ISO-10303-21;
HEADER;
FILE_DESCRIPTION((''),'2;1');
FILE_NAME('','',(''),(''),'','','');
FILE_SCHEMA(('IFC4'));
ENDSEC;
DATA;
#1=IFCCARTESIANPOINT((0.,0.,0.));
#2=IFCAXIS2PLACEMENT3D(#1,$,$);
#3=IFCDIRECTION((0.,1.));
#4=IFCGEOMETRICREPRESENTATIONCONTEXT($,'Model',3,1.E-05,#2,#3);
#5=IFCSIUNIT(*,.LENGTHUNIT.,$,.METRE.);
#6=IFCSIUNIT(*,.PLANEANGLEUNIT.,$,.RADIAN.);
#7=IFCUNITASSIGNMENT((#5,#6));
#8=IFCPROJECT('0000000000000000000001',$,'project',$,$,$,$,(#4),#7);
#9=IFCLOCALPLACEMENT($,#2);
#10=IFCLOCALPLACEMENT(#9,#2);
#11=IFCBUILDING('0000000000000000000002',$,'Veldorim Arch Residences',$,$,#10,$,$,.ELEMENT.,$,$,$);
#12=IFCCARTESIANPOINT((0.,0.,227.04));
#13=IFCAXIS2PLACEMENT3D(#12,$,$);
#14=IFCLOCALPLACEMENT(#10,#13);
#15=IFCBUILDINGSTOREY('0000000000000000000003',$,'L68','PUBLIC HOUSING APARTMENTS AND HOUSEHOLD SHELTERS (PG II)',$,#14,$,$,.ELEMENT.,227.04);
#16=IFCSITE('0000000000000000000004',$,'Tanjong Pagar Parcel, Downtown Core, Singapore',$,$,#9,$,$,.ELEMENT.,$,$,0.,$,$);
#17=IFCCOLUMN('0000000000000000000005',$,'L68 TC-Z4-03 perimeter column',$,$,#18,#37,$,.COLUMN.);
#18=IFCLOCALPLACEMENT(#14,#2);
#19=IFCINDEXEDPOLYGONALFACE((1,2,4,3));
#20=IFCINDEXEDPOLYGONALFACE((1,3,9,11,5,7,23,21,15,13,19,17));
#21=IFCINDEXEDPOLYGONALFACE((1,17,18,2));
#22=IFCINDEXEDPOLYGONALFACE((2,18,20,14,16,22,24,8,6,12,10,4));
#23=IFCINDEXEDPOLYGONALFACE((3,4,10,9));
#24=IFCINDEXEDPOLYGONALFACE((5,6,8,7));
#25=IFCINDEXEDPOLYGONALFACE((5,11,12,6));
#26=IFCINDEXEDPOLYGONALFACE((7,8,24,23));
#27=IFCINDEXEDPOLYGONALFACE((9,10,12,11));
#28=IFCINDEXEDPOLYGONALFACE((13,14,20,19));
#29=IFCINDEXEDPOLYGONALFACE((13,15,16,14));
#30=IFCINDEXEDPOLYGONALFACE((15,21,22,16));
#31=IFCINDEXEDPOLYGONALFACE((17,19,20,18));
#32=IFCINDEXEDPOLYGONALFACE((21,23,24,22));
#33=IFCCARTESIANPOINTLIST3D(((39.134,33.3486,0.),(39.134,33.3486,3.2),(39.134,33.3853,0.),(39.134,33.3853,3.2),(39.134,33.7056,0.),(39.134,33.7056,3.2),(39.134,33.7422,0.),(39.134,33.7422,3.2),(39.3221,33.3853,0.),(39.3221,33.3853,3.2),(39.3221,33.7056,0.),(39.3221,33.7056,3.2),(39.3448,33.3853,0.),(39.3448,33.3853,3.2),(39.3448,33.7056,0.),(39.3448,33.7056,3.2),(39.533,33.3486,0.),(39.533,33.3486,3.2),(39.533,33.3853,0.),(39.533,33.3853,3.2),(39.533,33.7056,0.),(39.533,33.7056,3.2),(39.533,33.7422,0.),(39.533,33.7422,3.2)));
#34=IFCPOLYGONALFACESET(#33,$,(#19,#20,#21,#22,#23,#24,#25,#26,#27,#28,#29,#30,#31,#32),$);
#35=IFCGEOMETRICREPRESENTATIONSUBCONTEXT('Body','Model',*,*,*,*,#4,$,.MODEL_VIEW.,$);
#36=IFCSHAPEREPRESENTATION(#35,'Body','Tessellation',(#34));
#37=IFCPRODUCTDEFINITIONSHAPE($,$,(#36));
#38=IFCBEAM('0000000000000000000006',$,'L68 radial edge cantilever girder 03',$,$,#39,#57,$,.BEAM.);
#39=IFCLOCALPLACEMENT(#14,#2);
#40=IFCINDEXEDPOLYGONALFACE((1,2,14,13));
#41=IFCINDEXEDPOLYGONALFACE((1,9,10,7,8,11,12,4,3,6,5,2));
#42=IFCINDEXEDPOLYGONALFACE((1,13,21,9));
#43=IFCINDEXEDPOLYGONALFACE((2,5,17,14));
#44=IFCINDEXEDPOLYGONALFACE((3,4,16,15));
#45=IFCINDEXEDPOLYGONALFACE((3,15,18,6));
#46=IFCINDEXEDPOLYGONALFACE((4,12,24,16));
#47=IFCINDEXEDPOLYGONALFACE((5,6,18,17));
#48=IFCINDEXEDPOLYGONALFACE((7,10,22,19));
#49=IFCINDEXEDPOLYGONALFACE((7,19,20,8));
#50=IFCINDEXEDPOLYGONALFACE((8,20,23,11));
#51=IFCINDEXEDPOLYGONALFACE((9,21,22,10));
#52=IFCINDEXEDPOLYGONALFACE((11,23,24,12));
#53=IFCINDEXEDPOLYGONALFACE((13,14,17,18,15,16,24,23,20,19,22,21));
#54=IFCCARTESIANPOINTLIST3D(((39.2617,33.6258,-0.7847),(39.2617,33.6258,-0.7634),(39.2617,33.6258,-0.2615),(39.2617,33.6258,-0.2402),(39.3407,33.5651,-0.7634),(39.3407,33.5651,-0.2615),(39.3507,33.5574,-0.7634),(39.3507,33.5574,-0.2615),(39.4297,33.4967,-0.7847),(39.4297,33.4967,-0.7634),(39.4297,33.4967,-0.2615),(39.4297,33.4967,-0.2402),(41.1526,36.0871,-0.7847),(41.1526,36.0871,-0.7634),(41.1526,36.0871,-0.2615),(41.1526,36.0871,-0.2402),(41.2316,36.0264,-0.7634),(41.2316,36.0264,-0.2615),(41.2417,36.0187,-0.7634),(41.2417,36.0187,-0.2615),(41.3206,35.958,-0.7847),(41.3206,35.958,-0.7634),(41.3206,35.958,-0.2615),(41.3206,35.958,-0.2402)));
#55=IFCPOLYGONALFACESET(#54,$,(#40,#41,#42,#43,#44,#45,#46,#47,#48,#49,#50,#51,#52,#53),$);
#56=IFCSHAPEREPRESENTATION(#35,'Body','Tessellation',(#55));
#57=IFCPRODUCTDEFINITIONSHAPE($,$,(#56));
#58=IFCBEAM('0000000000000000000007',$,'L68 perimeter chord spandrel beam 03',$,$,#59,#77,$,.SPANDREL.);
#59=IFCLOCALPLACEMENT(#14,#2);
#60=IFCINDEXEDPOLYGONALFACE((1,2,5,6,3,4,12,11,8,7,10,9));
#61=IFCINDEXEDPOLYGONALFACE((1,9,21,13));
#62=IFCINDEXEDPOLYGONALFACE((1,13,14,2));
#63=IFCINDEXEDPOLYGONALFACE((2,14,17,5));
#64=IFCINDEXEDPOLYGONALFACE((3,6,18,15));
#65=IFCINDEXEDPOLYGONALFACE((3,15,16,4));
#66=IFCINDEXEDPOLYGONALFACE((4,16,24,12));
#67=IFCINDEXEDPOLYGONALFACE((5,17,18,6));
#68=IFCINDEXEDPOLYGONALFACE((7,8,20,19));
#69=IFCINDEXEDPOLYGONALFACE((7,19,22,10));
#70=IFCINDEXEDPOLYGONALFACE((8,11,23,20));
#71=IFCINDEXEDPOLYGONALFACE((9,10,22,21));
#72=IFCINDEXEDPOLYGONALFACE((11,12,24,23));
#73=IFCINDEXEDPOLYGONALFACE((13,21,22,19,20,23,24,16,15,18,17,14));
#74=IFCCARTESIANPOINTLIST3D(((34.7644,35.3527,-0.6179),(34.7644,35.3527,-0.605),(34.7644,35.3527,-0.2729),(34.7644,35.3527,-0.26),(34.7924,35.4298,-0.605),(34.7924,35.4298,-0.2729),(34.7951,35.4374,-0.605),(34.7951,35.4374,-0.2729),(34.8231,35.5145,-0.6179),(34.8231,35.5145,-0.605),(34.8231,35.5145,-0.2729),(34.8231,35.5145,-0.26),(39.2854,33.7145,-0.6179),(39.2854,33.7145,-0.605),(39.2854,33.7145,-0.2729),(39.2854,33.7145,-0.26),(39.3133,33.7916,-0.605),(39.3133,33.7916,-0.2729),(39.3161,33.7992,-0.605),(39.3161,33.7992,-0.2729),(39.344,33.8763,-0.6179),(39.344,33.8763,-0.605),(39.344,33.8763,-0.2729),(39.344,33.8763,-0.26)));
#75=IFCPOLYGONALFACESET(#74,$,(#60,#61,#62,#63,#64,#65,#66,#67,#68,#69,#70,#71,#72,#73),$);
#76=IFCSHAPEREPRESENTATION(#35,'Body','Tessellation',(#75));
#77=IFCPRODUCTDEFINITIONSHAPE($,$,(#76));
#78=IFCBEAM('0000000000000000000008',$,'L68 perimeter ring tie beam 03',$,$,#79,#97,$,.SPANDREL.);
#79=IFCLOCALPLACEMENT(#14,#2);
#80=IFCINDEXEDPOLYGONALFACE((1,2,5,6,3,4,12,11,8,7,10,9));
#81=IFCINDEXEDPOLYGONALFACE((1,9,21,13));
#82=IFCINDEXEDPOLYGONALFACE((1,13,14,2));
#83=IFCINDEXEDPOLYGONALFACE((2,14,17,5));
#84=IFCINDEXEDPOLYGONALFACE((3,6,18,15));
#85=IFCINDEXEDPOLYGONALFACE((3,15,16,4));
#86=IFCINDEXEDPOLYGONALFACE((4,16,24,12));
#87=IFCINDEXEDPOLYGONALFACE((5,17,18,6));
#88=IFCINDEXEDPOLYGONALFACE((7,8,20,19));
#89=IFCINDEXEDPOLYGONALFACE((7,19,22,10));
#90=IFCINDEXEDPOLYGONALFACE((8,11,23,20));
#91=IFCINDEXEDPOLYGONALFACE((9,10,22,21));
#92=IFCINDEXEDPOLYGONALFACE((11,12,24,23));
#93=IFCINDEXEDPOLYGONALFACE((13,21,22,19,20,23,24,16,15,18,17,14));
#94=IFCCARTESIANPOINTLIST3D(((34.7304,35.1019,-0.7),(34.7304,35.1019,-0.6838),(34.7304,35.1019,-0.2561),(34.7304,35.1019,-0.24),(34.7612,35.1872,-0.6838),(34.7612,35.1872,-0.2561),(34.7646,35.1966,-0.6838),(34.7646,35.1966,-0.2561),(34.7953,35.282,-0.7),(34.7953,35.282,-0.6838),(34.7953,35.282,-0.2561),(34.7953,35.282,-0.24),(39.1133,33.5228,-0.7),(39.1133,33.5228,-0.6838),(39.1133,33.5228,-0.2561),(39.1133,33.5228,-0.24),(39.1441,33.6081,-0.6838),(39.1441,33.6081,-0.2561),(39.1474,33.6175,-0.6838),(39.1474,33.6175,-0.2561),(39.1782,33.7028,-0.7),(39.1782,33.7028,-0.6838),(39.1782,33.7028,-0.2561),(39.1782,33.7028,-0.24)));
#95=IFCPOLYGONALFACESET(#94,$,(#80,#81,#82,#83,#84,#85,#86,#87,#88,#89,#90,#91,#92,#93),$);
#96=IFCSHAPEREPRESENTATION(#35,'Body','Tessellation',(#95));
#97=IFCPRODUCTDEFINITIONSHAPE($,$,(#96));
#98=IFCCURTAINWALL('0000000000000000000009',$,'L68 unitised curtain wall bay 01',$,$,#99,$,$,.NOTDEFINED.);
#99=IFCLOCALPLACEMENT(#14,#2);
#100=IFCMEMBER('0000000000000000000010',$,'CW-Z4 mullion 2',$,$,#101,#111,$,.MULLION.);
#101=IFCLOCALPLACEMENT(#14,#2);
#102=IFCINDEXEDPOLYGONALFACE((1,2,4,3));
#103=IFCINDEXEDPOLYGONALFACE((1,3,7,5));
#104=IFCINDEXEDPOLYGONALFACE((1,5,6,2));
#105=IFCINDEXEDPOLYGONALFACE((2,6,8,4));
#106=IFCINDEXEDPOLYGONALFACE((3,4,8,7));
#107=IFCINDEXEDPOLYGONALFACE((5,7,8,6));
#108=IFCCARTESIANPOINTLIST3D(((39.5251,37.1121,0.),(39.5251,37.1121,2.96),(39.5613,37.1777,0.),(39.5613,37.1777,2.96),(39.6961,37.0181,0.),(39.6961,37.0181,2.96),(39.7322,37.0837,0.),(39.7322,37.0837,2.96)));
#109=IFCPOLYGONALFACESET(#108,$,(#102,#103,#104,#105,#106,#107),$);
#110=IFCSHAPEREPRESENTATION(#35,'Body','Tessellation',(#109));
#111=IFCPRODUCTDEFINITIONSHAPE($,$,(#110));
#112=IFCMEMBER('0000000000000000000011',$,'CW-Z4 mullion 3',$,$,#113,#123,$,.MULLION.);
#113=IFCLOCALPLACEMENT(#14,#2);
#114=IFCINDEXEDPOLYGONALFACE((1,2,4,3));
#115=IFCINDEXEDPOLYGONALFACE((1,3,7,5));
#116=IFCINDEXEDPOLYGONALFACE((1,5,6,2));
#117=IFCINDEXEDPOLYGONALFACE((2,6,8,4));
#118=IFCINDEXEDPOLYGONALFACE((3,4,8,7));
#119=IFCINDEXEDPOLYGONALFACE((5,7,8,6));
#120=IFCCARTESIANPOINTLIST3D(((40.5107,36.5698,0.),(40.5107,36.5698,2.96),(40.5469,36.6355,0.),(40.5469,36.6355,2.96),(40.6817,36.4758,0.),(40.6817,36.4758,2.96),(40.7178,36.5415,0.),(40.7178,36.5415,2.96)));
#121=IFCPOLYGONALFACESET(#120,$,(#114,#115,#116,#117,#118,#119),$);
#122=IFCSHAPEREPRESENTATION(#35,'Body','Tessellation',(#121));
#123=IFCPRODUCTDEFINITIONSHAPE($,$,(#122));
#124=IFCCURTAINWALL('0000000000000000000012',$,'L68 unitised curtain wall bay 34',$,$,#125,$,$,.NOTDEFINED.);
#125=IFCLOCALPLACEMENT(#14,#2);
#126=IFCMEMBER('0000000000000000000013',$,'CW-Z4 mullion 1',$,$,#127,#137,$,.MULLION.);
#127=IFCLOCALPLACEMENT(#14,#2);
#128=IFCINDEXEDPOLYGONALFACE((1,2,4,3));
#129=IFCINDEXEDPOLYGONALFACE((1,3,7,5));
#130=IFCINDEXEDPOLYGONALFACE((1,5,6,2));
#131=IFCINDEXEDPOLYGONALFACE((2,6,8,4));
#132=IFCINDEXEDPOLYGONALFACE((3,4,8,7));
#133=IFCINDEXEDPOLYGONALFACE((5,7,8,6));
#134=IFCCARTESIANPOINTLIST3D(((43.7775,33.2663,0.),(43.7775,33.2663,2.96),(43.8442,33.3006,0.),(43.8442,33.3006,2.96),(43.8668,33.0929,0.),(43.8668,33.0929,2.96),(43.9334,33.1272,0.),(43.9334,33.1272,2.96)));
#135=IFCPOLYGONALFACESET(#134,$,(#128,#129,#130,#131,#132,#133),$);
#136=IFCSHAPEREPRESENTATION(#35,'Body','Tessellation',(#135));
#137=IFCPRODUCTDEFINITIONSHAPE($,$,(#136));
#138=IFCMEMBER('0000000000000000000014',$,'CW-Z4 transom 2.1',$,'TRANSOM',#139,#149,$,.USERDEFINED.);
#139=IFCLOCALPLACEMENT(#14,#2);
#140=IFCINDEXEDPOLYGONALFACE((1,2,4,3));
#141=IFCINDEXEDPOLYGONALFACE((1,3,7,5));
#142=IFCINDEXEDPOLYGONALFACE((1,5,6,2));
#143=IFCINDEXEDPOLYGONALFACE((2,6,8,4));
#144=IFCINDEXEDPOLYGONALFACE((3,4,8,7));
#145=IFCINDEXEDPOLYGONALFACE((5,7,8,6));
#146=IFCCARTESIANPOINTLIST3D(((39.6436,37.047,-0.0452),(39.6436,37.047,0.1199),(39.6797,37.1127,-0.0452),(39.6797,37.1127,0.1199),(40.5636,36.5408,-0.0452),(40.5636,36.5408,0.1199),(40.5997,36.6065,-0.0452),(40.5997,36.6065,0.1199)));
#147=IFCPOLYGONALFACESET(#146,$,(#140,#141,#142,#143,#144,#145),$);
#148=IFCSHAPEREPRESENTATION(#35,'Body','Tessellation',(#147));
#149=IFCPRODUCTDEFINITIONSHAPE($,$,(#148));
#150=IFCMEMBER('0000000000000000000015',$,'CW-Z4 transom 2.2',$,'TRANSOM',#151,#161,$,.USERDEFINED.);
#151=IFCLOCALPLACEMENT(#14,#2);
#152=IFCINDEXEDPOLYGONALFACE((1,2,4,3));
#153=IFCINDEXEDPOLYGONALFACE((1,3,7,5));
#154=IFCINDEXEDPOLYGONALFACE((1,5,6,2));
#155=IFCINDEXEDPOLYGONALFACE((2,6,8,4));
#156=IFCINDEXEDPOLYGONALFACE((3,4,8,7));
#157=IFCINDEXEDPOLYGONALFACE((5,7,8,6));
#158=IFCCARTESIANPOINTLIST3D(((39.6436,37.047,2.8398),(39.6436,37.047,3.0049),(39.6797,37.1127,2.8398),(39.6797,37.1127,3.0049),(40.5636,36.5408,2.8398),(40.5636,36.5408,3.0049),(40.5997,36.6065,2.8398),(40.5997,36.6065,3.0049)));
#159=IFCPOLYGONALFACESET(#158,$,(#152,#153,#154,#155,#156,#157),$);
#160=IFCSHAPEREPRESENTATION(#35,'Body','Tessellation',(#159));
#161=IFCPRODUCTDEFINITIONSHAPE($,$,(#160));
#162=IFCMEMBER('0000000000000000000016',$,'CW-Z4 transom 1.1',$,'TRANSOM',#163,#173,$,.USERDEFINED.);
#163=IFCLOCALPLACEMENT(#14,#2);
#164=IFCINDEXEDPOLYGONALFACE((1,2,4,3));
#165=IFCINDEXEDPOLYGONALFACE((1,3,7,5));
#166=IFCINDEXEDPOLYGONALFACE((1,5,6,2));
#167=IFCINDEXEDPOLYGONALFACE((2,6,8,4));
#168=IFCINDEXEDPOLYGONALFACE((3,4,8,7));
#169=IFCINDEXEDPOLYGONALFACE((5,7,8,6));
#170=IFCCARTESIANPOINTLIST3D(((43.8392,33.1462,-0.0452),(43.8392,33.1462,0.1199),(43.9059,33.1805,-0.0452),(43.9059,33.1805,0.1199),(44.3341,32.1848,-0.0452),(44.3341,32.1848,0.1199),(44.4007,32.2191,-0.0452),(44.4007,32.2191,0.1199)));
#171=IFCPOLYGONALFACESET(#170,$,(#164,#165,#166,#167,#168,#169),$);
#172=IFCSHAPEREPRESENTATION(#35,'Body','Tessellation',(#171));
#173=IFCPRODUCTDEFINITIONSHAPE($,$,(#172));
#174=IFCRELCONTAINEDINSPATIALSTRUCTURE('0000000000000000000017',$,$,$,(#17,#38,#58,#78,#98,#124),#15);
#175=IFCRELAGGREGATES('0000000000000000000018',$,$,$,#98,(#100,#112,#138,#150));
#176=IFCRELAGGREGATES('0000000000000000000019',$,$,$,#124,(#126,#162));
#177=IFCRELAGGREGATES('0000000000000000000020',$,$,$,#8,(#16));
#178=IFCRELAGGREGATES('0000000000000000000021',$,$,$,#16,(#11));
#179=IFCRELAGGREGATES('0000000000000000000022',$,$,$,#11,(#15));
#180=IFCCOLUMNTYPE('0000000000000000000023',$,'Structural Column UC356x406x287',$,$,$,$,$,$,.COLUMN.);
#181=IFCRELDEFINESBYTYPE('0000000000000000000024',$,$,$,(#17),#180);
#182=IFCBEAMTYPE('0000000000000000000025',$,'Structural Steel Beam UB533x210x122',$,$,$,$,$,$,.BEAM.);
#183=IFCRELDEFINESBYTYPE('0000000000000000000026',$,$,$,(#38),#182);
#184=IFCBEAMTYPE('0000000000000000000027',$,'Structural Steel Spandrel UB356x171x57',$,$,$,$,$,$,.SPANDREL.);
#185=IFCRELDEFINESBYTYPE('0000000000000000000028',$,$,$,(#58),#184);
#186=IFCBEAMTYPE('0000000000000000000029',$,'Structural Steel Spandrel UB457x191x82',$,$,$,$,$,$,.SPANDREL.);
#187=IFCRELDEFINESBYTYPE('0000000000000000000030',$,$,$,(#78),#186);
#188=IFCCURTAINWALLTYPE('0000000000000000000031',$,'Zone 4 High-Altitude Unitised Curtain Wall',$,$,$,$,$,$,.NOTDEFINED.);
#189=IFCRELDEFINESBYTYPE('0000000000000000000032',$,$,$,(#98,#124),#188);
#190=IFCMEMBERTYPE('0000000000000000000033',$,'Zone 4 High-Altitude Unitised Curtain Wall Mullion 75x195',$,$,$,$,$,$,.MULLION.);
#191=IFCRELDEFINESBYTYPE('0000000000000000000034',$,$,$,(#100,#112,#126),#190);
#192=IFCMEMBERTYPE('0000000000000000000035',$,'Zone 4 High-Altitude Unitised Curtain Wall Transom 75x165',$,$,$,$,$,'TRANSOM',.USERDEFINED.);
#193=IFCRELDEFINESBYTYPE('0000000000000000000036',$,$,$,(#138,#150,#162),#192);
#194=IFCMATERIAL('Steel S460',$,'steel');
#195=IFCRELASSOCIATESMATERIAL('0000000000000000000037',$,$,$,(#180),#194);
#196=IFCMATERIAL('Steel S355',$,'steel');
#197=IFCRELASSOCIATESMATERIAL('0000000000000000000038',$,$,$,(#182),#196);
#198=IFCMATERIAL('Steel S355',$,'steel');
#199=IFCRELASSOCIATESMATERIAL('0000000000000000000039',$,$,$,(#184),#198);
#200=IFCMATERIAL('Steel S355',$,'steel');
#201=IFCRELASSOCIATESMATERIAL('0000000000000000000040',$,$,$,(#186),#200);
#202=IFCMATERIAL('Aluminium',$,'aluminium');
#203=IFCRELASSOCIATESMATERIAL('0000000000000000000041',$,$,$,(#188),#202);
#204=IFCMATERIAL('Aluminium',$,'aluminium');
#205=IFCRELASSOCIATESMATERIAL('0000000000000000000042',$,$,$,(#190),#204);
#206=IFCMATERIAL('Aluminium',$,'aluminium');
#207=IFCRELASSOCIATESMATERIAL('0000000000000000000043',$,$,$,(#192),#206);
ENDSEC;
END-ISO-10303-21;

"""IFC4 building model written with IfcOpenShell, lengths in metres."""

from ifc_helpers import new_model, si_unit, direction, frame, origin, origin_2d, place, context, subcontext, project, spatial, rectangle, i_section, extrude, material, material_profile, profile_set, type_object, element, aggregate, save


model = new_model("IFC4")

# Units and contexts
model_context = context("Model", 3, precision=1e-05, world=origin(), true_north=direction((0.0, 1.0)))
body_context = subcontext(model_context, "Body", "Model", "MODEL_VIEW")
ifc_project = project(units=[si_unit("LENGTHUNIT", "METRE"), si_unit("PLANEANGLEUNIT", "RADIAN")], contexts=[model_context])

# Site, building, storey
site_placement = place(None, origin())
site = spatial("IfcSite", under=ifc_project, at=site_placement, Name="Tanjong Pagar Parcel, Downtown Core, Singapore", CompositionType="ELEMENT", RefElevation=0.0)
building_placement = place(site_placement, origin())
building = spatial("IfcBuilding", under=site, at=building_placement, Name="Veldorim Arch Residences", CompositionType="ELEMENT")
storey_placement = place(building_placement, frame((0.0, 0.0, 227.04)))
storey = spatial("IfcBuildingStorey", under=building, at=storey_placement, Name="L68", Description="PUBLIC HOUSING APARTMENTS AND HOUSEHOLD SHELTERS (PG II)", CompositionType="ELEMENT", Elevation=227.04)

# Column
ifc_material_1 = material(Name="Steel S460", Category="steel")
ifc_material_profile_1 = material_profile(ifc_material_1, i_section(OverallWidth=0.3989, OverallDepth=0.3936, WebThickness=0.0227, FlangeThickness=0.0366, at=origin_2d()), Name="UC356x406x287")
ifc_profile_set_1 = profile_set([ifc_material_profile_1], Name="Steel S460")
column_type = type_object("IfcColumnType", Name="Structural Column UC356x406x287", PredefinedType="COLUMN", material=ifc_profile_set_1)
column_placement = place(storey_placement, frame((39.3335, 33.5454, 0.0), z_axis=(0.0, 0.0, 1.0), x_axis=(1.0, 0.0, 0.0)))
element("IfcColumn", 1, at=column_placement, inside=storey, type_object=column_type, Name="L68 TC-Z4-03 perimeter column", PredefinedType="COLUMN", context=body_context, shape_type="SweptSolid", body=[
    extrude(i_section(OverallWidth=0.3989, OverallDepth=0.3936, WebThickness=0.0227, FlangeThickness=0.0366, at=origin_2d()), origin(), (0.0, 0.0, 1.0), 3.2),
])

# Beams
ifc_material_2 = material(Name="Steel S355", Category="steel")
ifc_material_profile_2 = material_profile(ifc_material_2, i_section(OverallWidth=0.2119, OverallDepth=0.5444, WebThickness=0.0127, FlangeThickness=0.0212, at=origin_2d()), Name="UB533x210x122")
ifc_profile_set_2 = profile_set([ifc_material_profile_2], Name="Steel S355")
beam_type_1 = type_object("IfcBeamType", Name="Structural Steel Beam UB533x210x122", PredefinedType="BEAM", material=ifc_profile_set_2)
beam_1_placement = place(storey_placement, frame((39.3457, 33.5613, -0.5125), z_axis=(0.609235, 0.792989, 0.0), x_axis=(-0.792989, 0.609235, 0.0)))
element("IfcBeam", 2, at=beam_1_placement, inside=storey, type_object=beam_type_1, Name="L68 radial edge cantilever girder 03", PredefinedType="BEAM", context=body_context, shape_type="SweptSolid", body=[
    extrude(i_section(OverallWidth=0.2119, OverallDepth=0.5444, WebThickness=0.0127, FlangeThickness=0.0212, at=origin_2d()), origin(), (0.0, 0.0, 1.0), 3.1038),
])
ifc_material_3 = material(Name="Steel S355", Category="steel")
ifc_material_profile_3 = material_profile(ifc_material_3, i_section(OverallWidth=0.1721, OverallDepth=0.3579, WebThickness=0.0081, FlangeThickness=0.0129, at=origin_2d()), Name="UB356x171x57")
ifc_profile_set_3 = profile_set([ifc_material_profile_3], Name="Steel S355")
beam_type_2 = type_object("IfcBeamType", Name="Structural Steel Spandrel UB356x171x57", PredefinedType="SPANDREL", material=ifc_profile_set_3)
beam_2_placement = place(storey_placement, frame((39.3147, 33.7954, -0.439), z_axis=(-0.940181, 0.340675, 0.0), x_axis=(-0.340675, -0.940181, 0.0)))
element("IfcBeam", 3, at=beam_2_placement, inside=storey, type_object=beam_type_2, Name="L68 perimeter chord spandrel beam 03", PredefinedType="SPANDREL", context=body_context, shape_type="SweptSolid", body=[
    extrude(i_section(OverallWidth=0.1721, OverallDepth=0.3579, WebThickness=0.0081, FlangeThickness=0.0129, at=origin_2d()), origin(), (0.0, 0.0, 1.0), 4.8086),
])
ifc_material_4 = material(Name="Steel S355", Category="steel")
ifc_material_profile_4 = material_profile(ifc_material_4, i_section(OverallWidth=0.1914, OverallDepth=0.46, WebThickness=0.01, FlangeThickness=0.0161, at=origin_2d()), Name="UB457x191x82")
ifc_profile_set_4 = profile_set([ifc_material_profile_4], Name="Steel S355")
beam_type_3 = type_object("IfcBeamType", Name="Structural Steel Spandrel UB457x191x82", PredefinedType="SPANDREL", material=ifc_profile_set_4)
beam_3_placement = place(storey_placement, frame((39.1458, 33.6128, -0.47), z_axis=(-0.940799, 0.338964, 0.0), x_axis=(-0.338964, -0.940799, 0.0)))
element("IfcBeam", 4, at=beam_3_placement, inside=storey, type_object=beam_type_3, Name="L68 perimeter ring tie beam 03", PredefinedType="SPANDREL", context=body_context, shape_type="SweptSolid", body=[
    extrude(i_section(OverallWidth=0.1914, OverallDepth=0.46, WebThickness=0.01, FlangeThickness=0.0161, at=origin_2d()), origin(), (0.0, 0.0, 1.0), 4.6587),
])

# Curtain wall, members
ifc_material_5 = material(Name="Aluminium", Category="aluminium")
curtain_wall_type = type_object("IfcCurtainWallType", Name="Zone 4 High-Altitude Unitised Curtain Wall", PredefinedType="NOTDEFINED", material=ifc_material_5)
curtain_wall_1_placement = place(storey_placement, origin())
curtain_wall_1 = element("IfcCurtainWall", 5, at=curtain_wall_1_placement, inside=storey, type_object=curtain_wall_type, Name="L68 unitised curtain wall bay 01", PredefinedType="NOTDEFINED")
ifc_material_6 = material(Name="Aluminium", Category="aluminium")
ifc_material_profile_5 = material_profile(ifc_material_6, rectangle(XDim=0.075, YDim=0.1951, at=origin_2d()), Name="ALU_MUL_75x195")
ifc_profile_set_5 = profile_set([ifc_material_profile_5], Name="Aluminium")
member_type_1 = type_object("IfcMemberType", Name="Zone 4 High-Altitude Unitised Curtain Wall Mullion 75x195", PredefinedType="MULLION", material=ifc_profile_set_5)
member_1_placement = place(storey_placement, frame((39.6287, 37.0979, 0.0), z_axis=(0.0, 0.0, 1.0), x_axis=(0.481953, 0.876197, 0.0)))
member_1 = element("IfcMember", 6, at=member_1_placement, type_object=member_type_1, Name="CW-Z4 mullion 2", PredefinedType="MULLION", context=body_context, shape_type="SweptSolid", body=[
    extrude(rectangle(XDim=0.075, YDim=0.1951, at=origin_2d()), origin(), (0.0, 0.0, 1.0), 2.96),
])
member_2_placement = place(storey_placement, frame((40.6143, 36.5557, 0.0), z_axis=(0.0, 0.0, 1.0), x_axis=(0.481953, 0.876197, 0.0)))
member_2 = element("IfcMember", 7, at=member_2_placement, type_object=member_type_1, Name="CW-Z4 mullion 3", PredefinedType="MULLION", context=body_context, shape_type="SweptSolid", body=[
    extrude(rectangle(XDim=0.075, YDim=0.1951, at=origin_2d()), origin(), (0.0, 0.0, 1.0), 2.96),
])

# Curtain wall, member
curtain_wall_2_placement = place(storey_placement, origin())
curtain_wall_2 = element("IfcCurtainWall", 8, at=curtain_wall_2_placement, inside=storey, type_object=curtain_wall_type, Name="L68 unitised curtain wall bay 34", PredefinedType="NOTDEFINED")
member_3_placement = place(storey_placement, frame((43.8555, 33.1968, 0.0), z_axis=(0.0, 0.0, 1.0), x_axis=(0.889131, 0.457653, 0.0)))
member_3 = element("IfcMember", 9, at=member_3_placement, type_object=member_type_1, Name="CW-Z4 mullion 1", PredefinedType="MULLION", context=body_context, shape_type="SweptSolid", body=[
    extrude(rectangle(XDim=0.075, YDim=0.1951, at=origin_2d()), origin(), (0.0, 0.0, 1.0), 2.96),
])

# Members
ifc_material_7 = material(Name="Aluminium", Category="aluminium")
ifc_material_profile_6 = material_profile(ifc_material_7, rectangle(XDim=0.075, YDim=0.165, at=origin_2d()), Name="ALU_TRN_75x165")
ifc_profile_set_6 = profile_set([ifc_material_profile_6], Name="Aluminium")
member_type_2 = type_object("IfcMemberType", Name="Zone 4 High-Altitude Unitised Curtain Wall Transom 75x165", ElementType="TRANSOM", PredefinedType="USERDEFINED", material=ifc_profile_set_6)
member_4_placement = place(storey_placement, frame((39.6616, 37.0798, 0.0374), z_axis=(0.876157, -0.482026, 0.0), x_axis=(0.482026, 0.876157, 0.0)))
member_4 = element("IfcMember", 10, at=member_4_placement, type_object=member_type_2, Name="CW-Z4 transom 2.1", ObjectType="TRANSOM", PredefinedType="USERDEFINED", context=body_context, shape_type="SweptSolid", body=[
    extrude(rectangle(XDim=0.075, YDim=0.165, at=origin_2d()), origin(), (0.0, 0.0, 1.0), 1.05),
])
member_5_placement = place(storey_placement, frame((39.6616, 37.0798, 2.9224), z_axis=(0.876157, -0.482026, 0.0), x_axis=(0.482026, 0.876157, 0.0)))
member_5 = element("IfcMember", 11, at=member_5_placement, type_object=member_type_2, Name="CW-Z4 transom 2.2", ObjectType="TRANSOM", PredefinedType="USERDEFINED", context=body_context, shape_type="SweptSolid", body=[
    extrude(rectangle(XDim=0.075, YDim=0.165, at=origin_2d()), origin(), (0.0, 0.0, 1.0), 1.05),
])
member_6_placement = place(storey_placement, frame((43.8726, 33.1633, 0.0374), z_axis=(0.457659, -0.889128, 0.0), x_axis=(0.889128, 0.457659, 0.0)))
member_6 = element("IfcMember", 12, at=member_6_placement, type_object=member_type_2, Name="CW-Z4 transom 1.1", ObjectType="TRANSOM", PredefinedType="USERDEFINED", context=body_context, shape_type="SweptSolid", body=[
    extrude(rectangle(XDim=0.075, YDim=0.165, at=origin_2d()), origin(), (0.0, 0.0, 1.0), 1.0813),
])

aggregate(curtain_wall_1, [member_1, member_2, member_4, member_5])
aggregate(curtain_wall_2, [member_3, member_6])

save(model, "model.ifc")
